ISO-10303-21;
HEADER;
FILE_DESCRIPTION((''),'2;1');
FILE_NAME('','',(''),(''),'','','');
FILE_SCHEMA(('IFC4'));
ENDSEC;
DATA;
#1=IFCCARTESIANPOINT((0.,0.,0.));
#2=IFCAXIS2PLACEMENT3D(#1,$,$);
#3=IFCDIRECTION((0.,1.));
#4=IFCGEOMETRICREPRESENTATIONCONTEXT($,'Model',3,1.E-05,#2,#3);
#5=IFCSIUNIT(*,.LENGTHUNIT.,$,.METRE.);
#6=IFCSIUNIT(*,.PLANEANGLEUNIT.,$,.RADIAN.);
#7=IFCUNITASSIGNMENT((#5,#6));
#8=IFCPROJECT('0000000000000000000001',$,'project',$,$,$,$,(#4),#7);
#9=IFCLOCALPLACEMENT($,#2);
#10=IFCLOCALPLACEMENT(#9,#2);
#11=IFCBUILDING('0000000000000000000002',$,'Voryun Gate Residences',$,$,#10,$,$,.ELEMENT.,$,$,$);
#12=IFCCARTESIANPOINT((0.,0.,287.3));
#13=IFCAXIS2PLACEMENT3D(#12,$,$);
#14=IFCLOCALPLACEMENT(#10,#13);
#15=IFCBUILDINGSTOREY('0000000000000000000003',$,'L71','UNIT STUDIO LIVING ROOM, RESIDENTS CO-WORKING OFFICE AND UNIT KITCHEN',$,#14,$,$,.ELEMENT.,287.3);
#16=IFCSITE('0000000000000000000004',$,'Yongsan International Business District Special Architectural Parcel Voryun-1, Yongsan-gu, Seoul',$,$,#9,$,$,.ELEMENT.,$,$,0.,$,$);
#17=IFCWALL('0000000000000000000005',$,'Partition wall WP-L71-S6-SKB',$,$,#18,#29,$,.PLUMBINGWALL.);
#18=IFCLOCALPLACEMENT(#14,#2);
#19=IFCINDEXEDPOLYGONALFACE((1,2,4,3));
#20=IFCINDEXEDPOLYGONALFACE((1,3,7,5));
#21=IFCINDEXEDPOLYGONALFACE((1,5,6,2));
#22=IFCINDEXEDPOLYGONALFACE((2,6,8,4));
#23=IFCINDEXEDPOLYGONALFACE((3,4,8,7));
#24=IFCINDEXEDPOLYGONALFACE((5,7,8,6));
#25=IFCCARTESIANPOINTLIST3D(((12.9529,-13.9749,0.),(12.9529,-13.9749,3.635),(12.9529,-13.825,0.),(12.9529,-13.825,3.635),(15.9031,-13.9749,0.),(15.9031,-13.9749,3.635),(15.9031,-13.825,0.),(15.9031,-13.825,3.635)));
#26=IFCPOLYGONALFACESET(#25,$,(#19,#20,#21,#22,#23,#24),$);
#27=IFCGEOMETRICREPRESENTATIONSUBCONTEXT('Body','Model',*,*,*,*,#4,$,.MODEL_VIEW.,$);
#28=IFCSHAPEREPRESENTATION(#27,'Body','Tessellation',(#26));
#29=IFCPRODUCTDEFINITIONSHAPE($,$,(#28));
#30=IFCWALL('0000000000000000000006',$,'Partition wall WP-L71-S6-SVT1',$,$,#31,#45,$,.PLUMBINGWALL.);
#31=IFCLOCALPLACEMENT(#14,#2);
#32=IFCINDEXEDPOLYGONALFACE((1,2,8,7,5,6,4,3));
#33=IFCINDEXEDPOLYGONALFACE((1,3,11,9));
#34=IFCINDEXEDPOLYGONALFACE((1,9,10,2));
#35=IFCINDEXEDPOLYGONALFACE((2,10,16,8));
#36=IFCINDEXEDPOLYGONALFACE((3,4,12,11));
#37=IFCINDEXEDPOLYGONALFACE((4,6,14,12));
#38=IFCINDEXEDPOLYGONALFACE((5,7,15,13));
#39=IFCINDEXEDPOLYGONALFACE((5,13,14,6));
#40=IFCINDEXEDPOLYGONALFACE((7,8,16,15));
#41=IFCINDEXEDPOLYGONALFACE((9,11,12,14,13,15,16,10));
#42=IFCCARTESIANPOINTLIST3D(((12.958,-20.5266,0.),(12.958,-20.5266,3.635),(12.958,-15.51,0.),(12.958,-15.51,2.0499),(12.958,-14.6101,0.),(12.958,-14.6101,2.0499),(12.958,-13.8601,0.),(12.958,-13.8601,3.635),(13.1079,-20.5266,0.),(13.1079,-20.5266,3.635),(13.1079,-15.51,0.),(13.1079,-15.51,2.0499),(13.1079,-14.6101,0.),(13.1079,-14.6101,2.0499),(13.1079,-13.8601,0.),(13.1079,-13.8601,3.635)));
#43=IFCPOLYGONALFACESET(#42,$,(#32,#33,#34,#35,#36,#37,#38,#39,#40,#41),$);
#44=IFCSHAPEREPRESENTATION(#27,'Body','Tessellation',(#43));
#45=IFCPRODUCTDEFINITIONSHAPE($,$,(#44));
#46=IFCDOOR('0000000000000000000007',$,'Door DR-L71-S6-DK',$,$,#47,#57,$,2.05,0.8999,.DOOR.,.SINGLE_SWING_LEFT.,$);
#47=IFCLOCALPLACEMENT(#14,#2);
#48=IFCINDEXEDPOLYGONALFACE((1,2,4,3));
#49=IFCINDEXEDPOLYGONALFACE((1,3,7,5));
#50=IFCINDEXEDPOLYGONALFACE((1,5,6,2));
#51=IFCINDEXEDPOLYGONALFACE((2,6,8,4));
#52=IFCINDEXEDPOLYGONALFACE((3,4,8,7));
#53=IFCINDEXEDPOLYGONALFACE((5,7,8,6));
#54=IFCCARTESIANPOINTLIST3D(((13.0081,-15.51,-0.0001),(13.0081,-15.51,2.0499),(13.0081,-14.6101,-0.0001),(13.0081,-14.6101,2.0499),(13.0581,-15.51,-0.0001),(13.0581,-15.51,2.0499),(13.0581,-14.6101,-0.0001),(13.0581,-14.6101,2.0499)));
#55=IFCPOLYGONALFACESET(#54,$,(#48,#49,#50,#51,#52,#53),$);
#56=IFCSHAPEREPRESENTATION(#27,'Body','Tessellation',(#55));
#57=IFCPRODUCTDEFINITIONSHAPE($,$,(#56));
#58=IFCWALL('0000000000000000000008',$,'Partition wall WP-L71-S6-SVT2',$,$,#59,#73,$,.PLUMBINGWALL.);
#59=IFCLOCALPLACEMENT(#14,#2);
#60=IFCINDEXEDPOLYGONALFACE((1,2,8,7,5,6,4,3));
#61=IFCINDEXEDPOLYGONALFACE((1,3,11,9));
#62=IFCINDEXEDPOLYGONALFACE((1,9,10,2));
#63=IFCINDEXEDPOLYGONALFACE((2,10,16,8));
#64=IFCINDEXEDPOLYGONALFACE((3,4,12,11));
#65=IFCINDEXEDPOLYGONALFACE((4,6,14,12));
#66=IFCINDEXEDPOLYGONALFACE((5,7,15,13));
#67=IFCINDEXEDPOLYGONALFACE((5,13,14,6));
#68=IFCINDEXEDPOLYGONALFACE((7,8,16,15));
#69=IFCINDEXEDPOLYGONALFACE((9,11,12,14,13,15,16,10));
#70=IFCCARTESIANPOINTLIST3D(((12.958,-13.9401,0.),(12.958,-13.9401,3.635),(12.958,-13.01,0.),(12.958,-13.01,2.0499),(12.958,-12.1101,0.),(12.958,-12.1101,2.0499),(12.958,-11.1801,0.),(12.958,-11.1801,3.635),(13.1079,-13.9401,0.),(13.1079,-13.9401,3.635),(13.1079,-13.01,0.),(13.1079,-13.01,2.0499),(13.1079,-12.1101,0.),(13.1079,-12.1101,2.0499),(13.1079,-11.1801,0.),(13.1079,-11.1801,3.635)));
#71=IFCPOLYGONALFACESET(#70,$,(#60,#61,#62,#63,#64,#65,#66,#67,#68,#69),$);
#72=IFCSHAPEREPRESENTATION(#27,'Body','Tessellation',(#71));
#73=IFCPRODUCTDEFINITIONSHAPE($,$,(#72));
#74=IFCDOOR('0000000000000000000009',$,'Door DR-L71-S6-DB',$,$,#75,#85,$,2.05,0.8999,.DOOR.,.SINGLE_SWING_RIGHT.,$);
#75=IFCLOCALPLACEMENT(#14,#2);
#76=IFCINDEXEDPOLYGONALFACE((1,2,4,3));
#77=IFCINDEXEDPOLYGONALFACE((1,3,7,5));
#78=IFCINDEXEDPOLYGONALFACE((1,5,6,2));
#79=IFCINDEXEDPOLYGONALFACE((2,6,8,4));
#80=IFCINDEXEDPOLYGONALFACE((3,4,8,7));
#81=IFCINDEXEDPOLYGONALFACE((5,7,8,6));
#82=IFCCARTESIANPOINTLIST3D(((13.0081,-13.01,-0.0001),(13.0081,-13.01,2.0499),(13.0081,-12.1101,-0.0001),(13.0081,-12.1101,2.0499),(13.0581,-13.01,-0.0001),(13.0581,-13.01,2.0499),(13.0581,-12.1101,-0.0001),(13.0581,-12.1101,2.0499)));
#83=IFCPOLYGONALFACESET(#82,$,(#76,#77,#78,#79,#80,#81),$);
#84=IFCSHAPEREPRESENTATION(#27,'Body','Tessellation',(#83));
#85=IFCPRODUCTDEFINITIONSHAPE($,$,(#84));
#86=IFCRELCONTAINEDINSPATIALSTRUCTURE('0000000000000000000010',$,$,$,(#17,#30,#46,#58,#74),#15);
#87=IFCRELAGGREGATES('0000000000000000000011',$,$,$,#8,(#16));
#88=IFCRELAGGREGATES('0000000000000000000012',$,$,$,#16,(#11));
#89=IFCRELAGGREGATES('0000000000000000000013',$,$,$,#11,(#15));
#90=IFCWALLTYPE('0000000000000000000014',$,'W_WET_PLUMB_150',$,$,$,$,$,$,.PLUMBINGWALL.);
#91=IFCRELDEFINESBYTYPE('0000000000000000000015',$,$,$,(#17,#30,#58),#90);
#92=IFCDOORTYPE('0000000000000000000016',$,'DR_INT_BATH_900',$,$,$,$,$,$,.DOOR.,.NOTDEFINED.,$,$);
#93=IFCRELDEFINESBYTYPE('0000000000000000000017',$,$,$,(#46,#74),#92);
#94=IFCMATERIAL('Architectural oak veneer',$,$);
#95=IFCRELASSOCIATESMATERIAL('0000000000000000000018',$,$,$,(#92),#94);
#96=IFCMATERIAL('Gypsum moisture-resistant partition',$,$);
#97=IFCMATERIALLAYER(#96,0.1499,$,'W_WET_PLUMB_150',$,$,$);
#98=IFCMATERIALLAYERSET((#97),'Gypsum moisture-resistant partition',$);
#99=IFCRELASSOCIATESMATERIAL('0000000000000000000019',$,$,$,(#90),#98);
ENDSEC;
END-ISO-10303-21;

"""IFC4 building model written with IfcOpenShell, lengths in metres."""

from ifc_helpers import new_model, si_unit, direction, frame, frame_2d, origin, place, context, subcontext, project, spatial, rectangle, extrude, material, layer, layer_set, type_object, element, fill, save


model = new_model("IFC4")

# Units and contexts
model_context = context("Model", 3, precision=1e-05, world=origin(), true_north=direction((0.0, 1.0)))
body_context = subcontext(model_context, "Body", "Model", "MODEL_VIEW")
ifc_project = project(units=[si_unit("LENGTHUNIT", "METRE"), si_unit("PLANEANGLEUNIT", "RADIAN")], contexts=[model_context])

# Site, building, storey
site_placement = place(None, origin())
site = spatial("IfcSite", under=ifc_project, at=site_placement, Name="Yongsan International Business District Special Architectural Parcel Voryun-1, Yongsan-gu, Seoul", CompositionType="ELEMENT", RefElevation=0.0)
building_placement = place(site_placement, origin())
building = spatial("IfcBuilding", under=site, at=building_placement, Name="Voryun Gate Residences", CompositionType="ELEMENT")
storey_placement = place(building_placement, frame((0.0, 0.0, 287.3)))
storey = spatial("IfcBuildingStorey", under=building, at=storey_placement, Name="L71", Description="UNIT STUDIO LIVING ROOM, RESIDENTS CO-WORKING OFFICE AND UNIT KITCHEN", CompositionType="ELEMENT", Elevation=287.3)

# Shared definitions
ifc_material_1 = material(Name="Architectural oak veneer")
door_type_1 = type_object("IfcDoorType", Name="DR_INT_BATH_900", OperationType="NOTDEFINED", PredefinedType="DOOR", material=ifc_material_1)

# Wall
ifc_material_2 = material(Name="Gypsum moisture-resistant partition")
ifc_layer_1 = layer(ifc_material_2, 0.1499, Name="W_WET_PLUMB_150")
ifc_layer_set_1 = layer_set([ifc_layer_1], Name="Gypsum moisture-resistant partition")
wall_type_1 = type_object("IfcWallType", Name="W_WET_PLUMB_150", PredefinedType="PLUMBINGWALL", material=ifc_layer_set_1)
wall_1_placement = place(storey_placement, frame((12.9529, -13.8999, 0.0), z_axis=(0.0, 0.0, 1.0), x_axis=(1.0, 0.0, 0.0)))
element("IfcWall", 1, at=wall_1_placement, inside=storey, type_object=wall_type_1, Name="Partition wall WP-L71-S6-SKB", PredefinedType="PLUMBINGWALL", context=body_context, shape_type="SweptSolid", body=[
    extrude(rectangle(XDim=2.9502, YDim=0.1499, at=frame_2d((1.4751, 0.0))), origin(), (0.0, 0.0, 1.0), 3.635),
])

# Walls, openings, doors
wall_2_placement = place(storey_placement, frame((13.033, -20.5266, 0.0), z_axis=(0.0, 0.0, 1.0), x_axis=(0.0, 1.0, 0.0)))
wall_2 = element("IfcWall", 2, at=wall_2_placement, inside=storey, type_object=wall_type_1, Name="Partition wall WP-L71-S6-SVT1", PredefinedType="PLUMBINGWALL", context=body_context, shape_type="SweptSolid", body=[
    extrude(rectangle(XDim=6.6665, YDim=0.1499, at=frame_2d((3.3333, 0.0))), origin(), (0.0, 0.0, 1.0), 3.635),
])
opening_1_placement = place(wall_2_placement, frame((5.0166, 0.0, 0.0)))
opening_1 = element("IfcOpeningElement", 3, at=opening_1_placement, cuts=wall_2, PredefinedType="OPENING", context=body_context, shape_type="SweptSolid", body=[
    extrude(rectangle(XDim=0.8999, YDim=2.05, at=frame_2d((0.45, 1.0249))), frame((0.0, 0.085, 0.0), z_axis=(0.0, -1.0, 0.0), x_axis=(1.0, 0.0, 0.0)), (0.0, 0.0, 1.0), 0.1699),
])
door_1_placement = place(opening_1_placement, origin())
door_1 = element("IfcDoor", 4, at=door_1_placement, inside=storey, type_object=door_type_1, Name="Door DR-L71-S6-DK", OperationType="SINGLE_SWING_LEFT", OverallHeight=2.05, OverallWidth=0.8999, PredefinedType="DOOR", context=body_context, shape_type="SweptSolid", body=[
    extrude(rectangle(XDim=0.8999, YDim=2.05, at=frame_2d((0.45, 1.0249))), frame((0.0, 0.0249, 0.0), z_axis=(0.0, -1.0, 0.0), x_axis=(1.0, 0.0, 0.0)), (0.0, 0.0, 1.0), 0.05),
])
fill(opening_1, door_1)
wall_3_placement = place(storey_placement, frame((13.033, -13.9399, 0.0), z_axis=(0.0, 0.0, 1.0), x_axis=(0.0, 1.0, 0.0)))
wall_3 = element("IfcWall", 5, at=wall_3_placement, inside=storey, type_object=wall_type_1, Name="Partition wall WP-L71-S6-SVT2", PredefinedType="PLUMBINGWALL", context=body_context, shape_type="SweptSolid", body=[
    extrude(rectangle(XDim=2.76, YDim=0.1499, at=frame_2d((1.3799, 0.0))), origin(), (0.0, 0.0, 1.0), 3.635),
])
opening_2_placement = place(wall_3_placement, frame((0.9299, 0.0, 0.0)))
opening_2 = element("IfcOpeningElement", 6, at=opening_2_placement, cuts=wall_3, PredefinedType="OPENING", context=body_context, shape_type="SweptSolid", body=[
    extrude(rectangle(XDim=0.8999, YDim=2.05, at=frame_2d((0.45, 1.0249))), frame((0.0, 0.085, 0.0), z_axis=(0.0, -1.0, 0.0), x_axis=(1.0, 0.0, 0.0)), (0.0, 0.0, 1.0), 0.1699),
])
door_2_placement = place(opening_2_placement, origin())
door_2 = element("IfcDoor", 7, at=door_2_placement, inside=storey, type_object=door_type_1, Name="Door DR-L71-S6-DB", OperationType="SINGLE_SWING_RIGHT", OverallHeight=2.05, OverallWidth=0.8999, PredefinedType="DOOR", context=body_context, shape_type="SweptSolid", body=[
    extrude(rectangle(XDim=0.8999, YDim=2.05, at=frame_2d((0.45, 1.0249))), frame((0.0, 0.0249, 0.0), z_axis=(0.0, -1.0, 0.0), x_axis=(1.0, 0.0, 0.0)), (0.0, 0.0, 1.0), 0.05),
])
fill(opening_2, door_2)

save(model, "model.ifc")
